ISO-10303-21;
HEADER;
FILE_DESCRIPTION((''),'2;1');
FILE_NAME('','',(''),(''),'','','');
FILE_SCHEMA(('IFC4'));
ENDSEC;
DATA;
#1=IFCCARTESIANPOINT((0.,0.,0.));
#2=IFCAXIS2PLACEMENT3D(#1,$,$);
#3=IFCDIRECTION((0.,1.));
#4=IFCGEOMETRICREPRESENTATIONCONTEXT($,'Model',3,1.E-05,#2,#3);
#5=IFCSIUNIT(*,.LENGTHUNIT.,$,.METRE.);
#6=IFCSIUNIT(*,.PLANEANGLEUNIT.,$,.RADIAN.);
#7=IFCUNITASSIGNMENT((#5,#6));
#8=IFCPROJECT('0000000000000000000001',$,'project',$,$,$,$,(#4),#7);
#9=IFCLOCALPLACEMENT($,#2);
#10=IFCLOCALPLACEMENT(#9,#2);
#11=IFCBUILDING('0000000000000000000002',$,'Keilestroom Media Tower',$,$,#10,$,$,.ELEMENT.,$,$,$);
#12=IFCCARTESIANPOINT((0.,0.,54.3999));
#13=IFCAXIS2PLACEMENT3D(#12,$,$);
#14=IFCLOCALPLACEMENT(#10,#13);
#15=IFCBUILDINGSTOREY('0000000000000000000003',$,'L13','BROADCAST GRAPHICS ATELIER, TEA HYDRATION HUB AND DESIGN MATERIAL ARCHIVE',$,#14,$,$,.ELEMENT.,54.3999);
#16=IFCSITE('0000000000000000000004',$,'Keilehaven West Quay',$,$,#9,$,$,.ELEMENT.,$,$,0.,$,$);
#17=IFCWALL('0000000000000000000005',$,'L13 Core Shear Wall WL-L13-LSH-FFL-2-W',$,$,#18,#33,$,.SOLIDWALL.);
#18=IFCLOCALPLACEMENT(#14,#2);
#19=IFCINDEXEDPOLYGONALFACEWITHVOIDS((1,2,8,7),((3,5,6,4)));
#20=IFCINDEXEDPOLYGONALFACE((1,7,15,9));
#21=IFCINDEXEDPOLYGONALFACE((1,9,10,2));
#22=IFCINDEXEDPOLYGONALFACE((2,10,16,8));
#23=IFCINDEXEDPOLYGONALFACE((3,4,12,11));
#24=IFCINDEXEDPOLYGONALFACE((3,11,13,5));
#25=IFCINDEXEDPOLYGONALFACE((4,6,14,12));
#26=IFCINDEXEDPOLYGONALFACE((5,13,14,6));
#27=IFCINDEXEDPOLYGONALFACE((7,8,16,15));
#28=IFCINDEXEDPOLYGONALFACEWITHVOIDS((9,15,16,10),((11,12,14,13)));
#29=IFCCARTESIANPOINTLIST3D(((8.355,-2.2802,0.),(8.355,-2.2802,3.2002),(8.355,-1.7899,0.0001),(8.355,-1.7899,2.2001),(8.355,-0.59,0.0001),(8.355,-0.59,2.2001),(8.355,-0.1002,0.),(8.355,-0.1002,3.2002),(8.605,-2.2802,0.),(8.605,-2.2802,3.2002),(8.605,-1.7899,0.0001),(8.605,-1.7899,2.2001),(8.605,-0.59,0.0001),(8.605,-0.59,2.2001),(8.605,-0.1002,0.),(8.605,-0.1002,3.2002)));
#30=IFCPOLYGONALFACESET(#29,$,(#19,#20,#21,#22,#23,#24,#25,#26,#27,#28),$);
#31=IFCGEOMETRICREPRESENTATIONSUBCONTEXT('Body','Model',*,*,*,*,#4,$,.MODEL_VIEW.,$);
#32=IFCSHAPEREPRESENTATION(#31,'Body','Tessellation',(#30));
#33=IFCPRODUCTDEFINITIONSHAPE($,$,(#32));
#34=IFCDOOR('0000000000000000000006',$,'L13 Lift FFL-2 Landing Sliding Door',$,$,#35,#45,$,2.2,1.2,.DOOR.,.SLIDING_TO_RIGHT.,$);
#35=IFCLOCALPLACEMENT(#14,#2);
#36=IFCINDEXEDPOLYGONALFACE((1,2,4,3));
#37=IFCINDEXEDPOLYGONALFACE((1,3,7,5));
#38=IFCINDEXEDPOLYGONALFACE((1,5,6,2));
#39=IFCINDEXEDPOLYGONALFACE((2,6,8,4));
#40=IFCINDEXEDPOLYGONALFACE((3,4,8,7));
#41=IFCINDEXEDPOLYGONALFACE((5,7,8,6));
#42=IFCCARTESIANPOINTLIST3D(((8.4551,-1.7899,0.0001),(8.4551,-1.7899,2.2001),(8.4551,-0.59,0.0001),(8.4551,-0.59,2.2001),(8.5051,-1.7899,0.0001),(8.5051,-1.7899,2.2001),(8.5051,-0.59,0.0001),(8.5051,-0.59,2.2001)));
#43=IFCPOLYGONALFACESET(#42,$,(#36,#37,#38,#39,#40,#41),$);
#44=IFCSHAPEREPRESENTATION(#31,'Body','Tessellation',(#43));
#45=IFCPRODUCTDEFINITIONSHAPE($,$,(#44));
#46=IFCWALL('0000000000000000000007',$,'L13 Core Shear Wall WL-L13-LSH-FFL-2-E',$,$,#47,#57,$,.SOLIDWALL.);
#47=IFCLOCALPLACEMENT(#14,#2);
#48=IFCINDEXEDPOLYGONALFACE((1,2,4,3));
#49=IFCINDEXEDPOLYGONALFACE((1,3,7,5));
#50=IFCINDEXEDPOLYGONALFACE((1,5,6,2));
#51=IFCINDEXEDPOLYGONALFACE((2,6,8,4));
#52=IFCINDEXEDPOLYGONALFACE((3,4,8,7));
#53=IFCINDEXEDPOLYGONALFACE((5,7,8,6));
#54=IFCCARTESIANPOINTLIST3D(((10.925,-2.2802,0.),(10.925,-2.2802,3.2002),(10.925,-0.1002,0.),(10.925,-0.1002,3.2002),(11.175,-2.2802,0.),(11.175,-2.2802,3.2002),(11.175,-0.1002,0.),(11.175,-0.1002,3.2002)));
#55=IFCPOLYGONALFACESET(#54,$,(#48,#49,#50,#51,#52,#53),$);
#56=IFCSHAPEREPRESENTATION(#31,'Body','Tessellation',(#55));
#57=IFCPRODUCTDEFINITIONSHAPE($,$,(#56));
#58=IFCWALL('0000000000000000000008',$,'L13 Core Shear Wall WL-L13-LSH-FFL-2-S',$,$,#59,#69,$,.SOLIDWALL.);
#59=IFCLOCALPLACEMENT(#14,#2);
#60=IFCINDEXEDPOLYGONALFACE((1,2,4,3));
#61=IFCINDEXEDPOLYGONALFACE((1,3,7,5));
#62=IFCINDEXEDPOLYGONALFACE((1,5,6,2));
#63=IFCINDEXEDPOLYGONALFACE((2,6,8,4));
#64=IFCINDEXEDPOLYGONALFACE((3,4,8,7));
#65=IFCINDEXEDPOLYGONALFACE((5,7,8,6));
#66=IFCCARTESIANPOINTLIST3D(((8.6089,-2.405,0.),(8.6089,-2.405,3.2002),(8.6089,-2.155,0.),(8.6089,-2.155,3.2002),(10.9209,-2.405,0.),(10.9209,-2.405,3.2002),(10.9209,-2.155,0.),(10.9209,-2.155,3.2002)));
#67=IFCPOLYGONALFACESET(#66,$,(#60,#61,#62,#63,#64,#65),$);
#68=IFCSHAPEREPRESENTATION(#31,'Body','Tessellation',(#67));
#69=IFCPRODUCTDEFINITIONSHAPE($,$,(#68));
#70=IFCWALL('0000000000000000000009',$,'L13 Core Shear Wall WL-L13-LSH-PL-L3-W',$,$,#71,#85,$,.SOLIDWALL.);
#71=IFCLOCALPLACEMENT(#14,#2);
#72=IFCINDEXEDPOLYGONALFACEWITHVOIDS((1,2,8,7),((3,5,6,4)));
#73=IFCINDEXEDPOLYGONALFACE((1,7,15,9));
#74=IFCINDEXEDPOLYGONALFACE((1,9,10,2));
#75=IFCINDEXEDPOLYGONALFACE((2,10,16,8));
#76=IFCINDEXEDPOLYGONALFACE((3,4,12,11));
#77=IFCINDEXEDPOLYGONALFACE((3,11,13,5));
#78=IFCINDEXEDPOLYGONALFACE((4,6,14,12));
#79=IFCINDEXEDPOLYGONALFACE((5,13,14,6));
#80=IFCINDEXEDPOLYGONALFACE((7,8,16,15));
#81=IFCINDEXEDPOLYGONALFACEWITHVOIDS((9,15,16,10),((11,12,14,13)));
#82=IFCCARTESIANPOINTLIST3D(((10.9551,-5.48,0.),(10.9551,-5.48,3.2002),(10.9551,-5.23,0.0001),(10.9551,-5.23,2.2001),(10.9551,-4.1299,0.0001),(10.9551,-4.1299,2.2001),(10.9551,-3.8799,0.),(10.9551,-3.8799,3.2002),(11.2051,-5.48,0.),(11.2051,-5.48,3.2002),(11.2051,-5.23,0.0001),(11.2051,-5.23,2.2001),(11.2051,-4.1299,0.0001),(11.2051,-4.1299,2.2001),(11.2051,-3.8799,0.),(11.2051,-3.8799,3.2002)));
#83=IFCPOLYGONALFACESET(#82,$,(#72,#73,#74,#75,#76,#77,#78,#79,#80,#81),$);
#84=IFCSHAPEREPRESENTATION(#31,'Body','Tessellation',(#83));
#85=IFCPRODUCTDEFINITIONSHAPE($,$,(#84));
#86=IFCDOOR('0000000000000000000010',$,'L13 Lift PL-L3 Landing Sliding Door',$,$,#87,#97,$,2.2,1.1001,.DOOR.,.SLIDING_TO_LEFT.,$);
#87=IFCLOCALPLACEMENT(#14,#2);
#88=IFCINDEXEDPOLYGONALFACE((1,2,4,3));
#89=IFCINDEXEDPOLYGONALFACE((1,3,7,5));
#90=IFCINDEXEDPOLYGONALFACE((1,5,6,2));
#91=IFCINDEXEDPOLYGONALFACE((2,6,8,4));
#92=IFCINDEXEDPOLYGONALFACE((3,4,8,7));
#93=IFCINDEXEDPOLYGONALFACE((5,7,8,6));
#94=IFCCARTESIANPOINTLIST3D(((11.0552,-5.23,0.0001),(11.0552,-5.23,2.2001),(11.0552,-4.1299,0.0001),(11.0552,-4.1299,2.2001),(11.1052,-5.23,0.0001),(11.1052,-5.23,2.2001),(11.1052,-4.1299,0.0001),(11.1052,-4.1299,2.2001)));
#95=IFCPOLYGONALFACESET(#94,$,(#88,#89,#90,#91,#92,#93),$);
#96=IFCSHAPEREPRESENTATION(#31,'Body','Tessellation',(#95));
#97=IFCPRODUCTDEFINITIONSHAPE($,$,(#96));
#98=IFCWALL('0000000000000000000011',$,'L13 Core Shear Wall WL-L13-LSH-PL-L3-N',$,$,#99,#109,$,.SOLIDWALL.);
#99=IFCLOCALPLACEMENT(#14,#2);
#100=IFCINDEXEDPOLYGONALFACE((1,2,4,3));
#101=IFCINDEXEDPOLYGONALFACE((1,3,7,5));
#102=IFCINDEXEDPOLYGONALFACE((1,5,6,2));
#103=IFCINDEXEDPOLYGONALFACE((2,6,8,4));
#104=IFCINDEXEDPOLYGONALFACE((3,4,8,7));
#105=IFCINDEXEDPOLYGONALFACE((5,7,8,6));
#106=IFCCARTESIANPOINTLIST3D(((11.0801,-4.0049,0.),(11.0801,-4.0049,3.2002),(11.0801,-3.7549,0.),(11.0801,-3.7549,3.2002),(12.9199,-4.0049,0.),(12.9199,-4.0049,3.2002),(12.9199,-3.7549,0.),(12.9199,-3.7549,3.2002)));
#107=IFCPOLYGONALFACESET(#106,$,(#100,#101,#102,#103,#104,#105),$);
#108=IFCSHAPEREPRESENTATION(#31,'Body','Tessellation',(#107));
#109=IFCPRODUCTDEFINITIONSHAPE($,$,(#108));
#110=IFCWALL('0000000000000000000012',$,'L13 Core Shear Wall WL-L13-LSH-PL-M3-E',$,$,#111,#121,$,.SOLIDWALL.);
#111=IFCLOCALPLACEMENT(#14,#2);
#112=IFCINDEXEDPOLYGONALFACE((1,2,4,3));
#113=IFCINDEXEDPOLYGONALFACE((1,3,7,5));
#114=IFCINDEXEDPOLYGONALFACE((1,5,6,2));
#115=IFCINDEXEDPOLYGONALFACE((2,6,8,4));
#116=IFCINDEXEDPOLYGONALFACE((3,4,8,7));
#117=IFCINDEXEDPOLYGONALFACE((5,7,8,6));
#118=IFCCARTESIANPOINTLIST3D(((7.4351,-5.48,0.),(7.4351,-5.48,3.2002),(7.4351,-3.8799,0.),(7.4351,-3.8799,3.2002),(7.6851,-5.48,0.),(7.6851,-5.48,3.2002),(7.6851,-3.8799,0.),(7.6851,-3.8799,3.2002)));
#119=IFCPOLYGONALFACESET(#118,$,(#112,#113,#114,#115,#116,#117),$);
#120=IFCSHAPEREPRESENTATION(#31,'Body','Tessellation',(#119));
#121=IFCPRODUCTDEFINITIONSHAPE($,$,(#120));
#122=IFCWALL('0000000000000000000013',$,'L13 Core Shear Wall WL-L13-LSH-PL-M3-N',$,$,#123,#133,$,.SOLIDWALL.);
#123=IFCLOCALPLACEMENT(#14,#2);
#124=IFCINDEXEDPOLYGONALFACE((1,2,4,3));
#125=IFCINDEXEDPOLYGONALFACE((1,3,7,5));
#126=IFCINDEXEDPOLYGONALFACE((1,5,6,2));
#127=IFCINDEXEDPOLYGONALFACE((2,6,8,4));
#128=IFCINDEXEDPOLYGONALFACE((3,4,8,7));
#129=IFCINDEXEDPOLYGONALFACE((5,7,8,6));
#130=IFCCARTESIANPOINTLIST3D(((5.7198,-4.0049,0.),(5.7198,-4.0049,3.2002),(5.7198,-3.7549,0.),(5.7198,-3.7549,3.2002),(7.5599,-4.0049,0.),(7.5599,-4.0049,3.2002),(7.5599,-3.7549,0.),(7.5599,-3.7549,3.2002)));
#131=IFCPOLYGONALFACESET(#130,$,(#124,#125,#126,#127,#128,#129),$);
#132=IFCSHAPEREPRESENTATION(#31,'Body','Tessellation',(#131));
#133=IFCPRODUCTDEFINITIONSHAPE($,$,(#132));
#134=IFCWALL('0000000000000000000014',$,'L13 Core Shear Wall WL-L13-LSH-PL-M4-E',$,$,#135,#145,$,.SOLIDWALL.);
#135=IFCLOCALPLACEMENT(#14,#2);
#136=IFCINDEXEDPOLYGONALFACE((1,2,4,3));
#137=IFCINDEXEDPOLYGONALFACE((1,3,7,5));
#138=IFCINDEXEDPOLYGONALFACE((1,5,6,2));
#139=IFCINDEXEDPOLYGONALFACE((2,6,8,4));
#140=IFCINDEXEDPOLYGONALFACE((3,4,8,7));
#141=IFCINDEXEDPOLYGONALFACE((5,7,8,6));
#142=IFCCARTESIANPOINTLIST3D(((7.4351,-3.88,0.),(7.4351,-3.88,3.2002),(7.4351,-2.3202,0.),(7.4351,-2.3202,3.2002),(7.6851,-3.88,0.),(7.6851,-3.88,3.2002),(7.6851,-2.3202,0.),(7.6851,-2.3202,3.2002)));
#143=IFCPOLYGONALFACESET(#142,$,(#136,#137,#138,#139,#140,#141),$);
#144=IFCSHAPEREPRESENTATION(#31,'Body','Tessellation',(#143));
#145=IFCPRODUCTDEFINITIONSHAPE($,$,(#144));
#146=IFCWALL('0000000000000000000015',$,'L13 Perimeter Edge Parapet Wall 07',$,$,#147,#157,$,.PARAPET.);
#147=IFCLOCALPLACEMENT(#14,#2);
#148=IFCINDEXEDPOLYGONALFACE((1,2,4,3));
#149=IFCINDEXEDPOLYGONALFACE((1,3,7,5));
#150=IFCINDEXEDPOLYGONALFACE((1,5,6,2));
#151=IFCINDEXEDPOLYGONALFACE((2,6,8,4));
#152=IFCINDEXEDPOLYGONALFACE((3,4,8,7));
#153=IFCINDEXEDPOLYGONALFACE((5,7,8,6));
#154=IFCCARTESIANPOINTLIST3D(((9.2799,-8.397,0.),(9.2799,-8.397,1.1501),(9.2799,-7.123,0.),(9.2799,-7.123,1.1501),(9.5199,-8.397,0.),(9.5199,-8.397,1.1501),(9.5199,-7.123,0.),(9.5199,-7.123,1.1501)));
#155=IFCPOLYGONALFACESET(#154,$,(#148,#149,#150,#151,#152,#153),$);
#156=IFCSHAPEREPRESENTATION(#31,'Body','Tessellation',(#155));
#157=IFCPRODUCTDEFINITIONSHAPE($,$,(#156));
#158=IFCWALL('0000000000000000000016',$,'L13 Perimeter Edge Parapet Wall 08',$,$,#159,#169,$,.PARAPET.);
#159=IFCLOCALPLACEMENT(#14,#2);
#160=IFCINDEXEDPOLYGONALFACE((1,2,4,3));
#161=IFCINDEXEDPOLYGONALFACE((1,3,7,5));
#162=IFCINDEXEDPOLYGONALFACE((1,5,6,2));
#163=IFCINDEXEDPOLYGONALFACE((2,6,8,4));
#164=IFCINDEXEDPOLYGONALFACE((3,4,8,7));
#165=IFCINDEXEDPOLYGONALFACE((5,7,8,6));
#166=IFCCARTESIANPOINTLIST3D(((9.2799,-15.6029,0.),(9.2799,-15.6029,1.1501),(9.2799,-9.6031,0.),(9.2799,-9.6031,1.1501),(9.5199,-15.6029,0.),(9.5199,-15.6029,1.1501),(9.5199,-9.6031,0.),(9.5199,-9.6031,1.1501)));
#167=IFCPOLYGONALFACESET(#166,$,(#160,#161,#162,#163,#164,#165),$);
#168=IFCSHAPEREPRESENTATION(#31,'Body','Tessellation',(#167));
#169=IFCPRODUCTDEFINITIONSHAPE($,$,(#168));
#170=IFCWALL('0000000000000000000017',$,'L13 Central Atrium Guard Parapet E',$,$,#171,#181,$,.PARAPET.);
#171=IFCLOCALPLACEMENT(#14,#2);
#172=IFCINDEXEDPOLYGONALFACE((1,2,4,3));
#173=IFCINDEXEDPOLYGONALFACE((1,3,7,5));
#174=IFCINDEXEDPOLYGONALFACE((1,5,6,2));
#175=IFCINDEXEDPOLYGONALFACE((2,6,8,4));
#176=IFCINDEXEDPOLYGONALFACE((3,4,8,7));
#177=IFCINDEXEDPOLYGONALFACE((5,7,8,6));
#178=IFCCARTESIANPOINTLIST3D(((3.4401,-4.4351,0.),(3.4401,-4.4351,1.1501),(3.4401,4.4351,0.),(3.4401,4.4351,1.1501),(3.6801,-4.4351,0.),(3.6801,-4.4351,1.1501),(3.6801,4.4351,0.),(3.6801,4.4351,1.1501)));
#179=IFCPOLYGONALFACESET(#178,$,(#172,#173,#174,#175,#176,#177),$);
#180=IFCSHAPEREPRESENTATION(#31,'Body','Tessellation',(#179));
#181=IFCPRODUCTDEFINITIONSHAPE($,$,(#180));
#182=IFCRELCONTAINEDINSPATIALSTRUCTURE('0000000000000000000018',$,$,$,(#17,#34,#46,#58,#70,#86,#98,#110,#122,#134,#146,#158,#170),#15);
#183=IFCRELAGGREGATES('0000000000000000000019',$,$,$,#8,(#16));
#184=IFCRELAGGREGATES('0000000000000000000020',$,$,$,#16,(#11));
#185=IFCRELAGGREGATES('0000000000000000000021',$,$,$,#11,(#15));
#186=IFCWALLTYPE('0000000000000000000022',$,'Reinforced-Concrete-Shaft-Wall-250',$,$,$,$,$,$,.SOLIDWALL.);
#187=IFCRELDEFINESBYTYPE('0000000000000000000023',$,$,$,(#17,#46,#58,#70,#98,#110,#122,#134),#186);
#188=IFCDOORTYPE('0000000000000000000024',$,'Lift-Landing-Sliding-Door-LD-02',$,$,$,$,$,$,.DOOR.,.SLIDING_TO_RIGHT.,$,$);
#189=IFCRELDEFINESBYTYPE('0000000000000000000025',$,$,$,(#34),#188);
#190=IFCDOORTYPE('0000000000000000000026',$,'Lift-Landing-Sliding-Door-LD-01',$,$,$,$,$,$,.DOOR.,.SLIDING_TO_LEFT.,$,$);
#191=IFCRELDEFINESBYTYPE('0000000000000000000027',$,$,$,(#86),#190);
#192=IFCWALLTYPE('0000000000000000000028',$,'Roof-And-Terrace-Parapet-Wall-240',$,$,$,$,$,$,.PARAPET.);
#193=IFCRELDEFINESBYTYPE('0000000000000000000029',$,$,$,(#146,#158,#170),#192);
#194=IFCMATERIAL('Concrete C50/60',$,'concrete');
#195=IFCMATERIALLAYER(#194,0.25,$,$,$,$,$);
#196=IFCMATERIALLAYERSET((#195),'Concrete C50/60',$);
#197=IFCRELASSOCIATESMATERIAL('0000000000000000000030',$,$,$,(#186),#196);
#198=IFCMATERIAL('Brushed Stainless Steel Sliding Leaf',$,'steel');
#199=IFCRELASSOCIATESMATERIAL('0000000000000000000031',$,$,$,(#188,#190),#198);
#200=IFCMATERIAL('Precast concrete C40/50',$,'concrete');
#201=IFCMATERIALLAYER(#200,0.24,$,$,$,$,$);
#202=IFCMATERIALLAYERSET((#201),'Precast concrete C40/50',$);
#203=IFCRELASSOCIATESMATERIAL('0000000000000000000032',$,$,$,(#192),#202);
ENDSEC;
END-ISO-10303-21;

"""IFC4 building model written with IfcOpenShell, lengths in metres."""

from ifc_helpers import new_model, si_unit, direction, frame, frame_2d, origin, place, context, subcontext, project, spatial, rectangle, extrude, source, transform, mapped, material, layer, layer_set, type_object, element, fill, save


model = new_model("IFC4")

# Units and contexts
model_context = context("Model", 3, precision=1e-05, world=origin(), true_north=direction((0.0, 1.0)))
body_context = subcontext(model_context, "Body", "Model", "MODEL_VIEW")
ifc_project = project(units=[si_unit("LENGTHUNIT", "METRE"), si_unit("PLANEANGLEUNIT", "RADIAN")], contexts=[model_context])

# Site, building, storey
site_placement = place(None, origin())
site = spatial("IfcSite", under=ifc_project, at=site_placement, Name="Keilehaven West Quay", CompositionType="ELEMENT", RefElevation=0.0)
building_placement = place(site_placement, origin())
building = spatial("IfcBuilding", under=site, at=building_placement, Name="Keilestroom Media Tower", CompositionType="ELEMENT")
storey_placement = place(building_placement, frame((0.0, 0.0, 54.3999)))
storey = spatial("IfcBuildingStorey", under=building, at=storey_placement, Name="L13", Description="BROADCAST GRAPHICS ATELIER, TEA HYDRATION HUB AND DESIGN MATERIAL ARCHIVE", CompositionType="ELEMENT", Elevation=54.3999)

# Shared definitions
shared_shape_1 = source(origin(), body_context, "Body", "SweptSolid", [
    extrude(rectangle(XDim=1.2, YDim=2.2, at=frame_2d((0.6001, 1.1001))), frame((0.0, 0.0249, 0.0), z_axis=(0.0, -1.0, 0.0), x_axis=(1.0, 0.0, 0.0)), (0.0, 0.0, 1.0), 0.05),
])

# Shared definitions
ifc_material_1 = material(Name="Concrete C50/60", Category="concrete")
ifc_layer_1 = layer(ifc_material_1, 0.25)
ifc_layer_set_1 = layer_set([ifc_layer_1], Name="Concrete C50/60")
wall_type_1 = type_object("IfcWallType", Name="Reinforced-Concrete-Shaft-Wall-250", PredefinedType="SOLIDWALL", material=ifc_layer_set_1)

# Wall, opening, door
wall_1_placement = place(storey_placement, frame((8.48, -2.28, 0.0), z_axis=(0.0, 0.0, 1.0), x_axis=(0.0, 1.0, 0.0)))
wall_1 = element("IfcWall", 1, at=wall_1_placement, inside=storey, type_object=wall_type_1, Name="L13 Core Shear Wall WL-L13-LSH-FFL-2-W", PredefinedType="SOLIDWALL", context=body_context, shape_type="SweptSolid", body=[
    extrude(rectangle(XDim=2.1799, YDim=0.25, at=frame_2d((1.0898, 0.0))), origin(), (0.0, 0.0, 1.0), 3.2002),
])
opening_1_placement = place(wall_1_placement, frame((0.49, 0.0, 0.0)))
opening_1 = element("IfcOpeningElement", 2, at=opening_1_placement, cuts=wall_1, PredefinedType="OPENING", context=body_context, shape_type="SweptSolid", body=[
    extrude(rectangle(XDim=1.2, YDim=2.2, at=frame_2d((0.6001, 1.1001))), frame((0.0, 0.135, 0.0), z_axis=(0.0, -1.0, 0.0), x_axis=(1.0, 0.0, 0.0)), (0.0, 0.0, 1.0), 0.27),
])
ifc_material_2 = material(Name="Brushed Stainless Steel Sliding Leaf", Category="steel")
door_type_1 = type_object("IfcDoorType", Name="Lift-Landing-Sliding-Door-LD-02", OperationType="SLIDING_TO_RIGHT", PredefinedType="DOOR", material=ifc_material_2)
door_1_placement = place(opening_1_placement, origin())
door_1 = element("IfcDoor", 3, at=door_1_placement, inside=storey, type_object=door_type_1, Name="L13 Lift FFL-2 Landing Sliding Door", OperationType="SLIDING_TO_RIGHT", OverallHeight=2.2, OverallWidth=1.2, PredefinedType="DOOR", context=body_context, shape_type="MappedRepresentation", body=[
    mapped(shared_shape_1, transform((0.0, 0.0, 0.0), x_axis=(1.0, 0.0, 0.0), y_axis=(0.0, 1.0, 0.0), z_axis=(0.0, 0.0, 1.0), scale=1.0)),
])
fill(opening_1, door_1)

# Walls
wall_2_placement = place(storey_placement, frame((11.05, -2.28, 0.0), z_axis=(0.0, 0.0, 1.0), x_axis=(0.0, 1.0, 0.0)))
element("IfcWall", 4, at=wall_2_placement, inside=storey, type_object=wall_type_1, Name="L13 Core Shear Wall WL-L13-LSH-FFL-2-E", PredefinedType="SOLIDWALL", context=body_context, shape_type="SweptSolid", body=[
    extrude(rectangle(XDim=2.1799, YDim=0.25, at=frame_2d((1.0898, 0.0))), origin(), (0.0, 0.0, 1.0), 3.2002),
])
wall_3_placement = place(storey_placement, frame((8.6089, -2.28, 0.0), z_axis=(0.0, 0.0, 1.0), x_axis=(1.0, 0.0, 0.0)))
element("IfcWall", 5, at=wall_3_placement, inside=storey, type_object=wall_type_1, Name="L13 Core Shear Wall WL-L13-LSH-FFL-2-S", PredefinedType="SOLIDWALL", context=body_context, shape_type="SweptSolid", body=[
    extrude(rectangle(XDim=2.312, YDim=0.25, at=frame_2d((1.156, 0.0))), origin(), (0.0, 0.0, 1.0), 3.2002),
])

# Wall, opening, door
wall_4_placement = place(storey_placement, frame((11.0801, -5.48, 0.0), z_axis=(0.0, 0.0, 1.0), x_axis=(0.0, 1.0, 0.0)))
wall_4 = element("IfcWall", 6, at=wall_4_placement, inside=storey, type_object=wall_type_1, Name="L13 Core Shear Wall WL-L13-LSH-PL-L3-W", PredefinedType="SOLIDWALL", context=body_context, shape_type="SweptSolid", body=[
    extrude(rectangle(XDim=1.6001, YDim=0.25, at=frame_2d((0.8, 0.0))), origin(), (0.0, 0.0, 1.0), 3.2002),
])
opening_2_placement = place(wall_4_placement, frame((0.25, 0.0, 0.0)))
opening_2 = element("IfcOpeningElement", 7, at=opening_2_placement, cuts=wall_4, PredefinedType="OPENING", context=body_context, shape_type="SweptSolid", body=[
    extrude(rectangle(XDim=1.1001, YDim=2.2, at=frame_2d((0.55, 1.1001))), frame((0.0, 0.135, 0.0), z_axis=(0.0, -1.0, 0.0), x_axis=(1.0, 0.0, 0.0)), (0.0, 0.0, 1.0), 0.27),
])
door_type_2 = type_object("IfcDoorType", Name="Lift-Landing-Sliding-Door-LD-01", OperationType="SLIDING_TO_LEFT", PredefinedType="DOOR", material=ifc_material_2)
shared_shape_2 = source(origin(), body_context, "Body", "SweptSolid", [
    extrude(rectangle(XDim=1.1001, YDim=2.2, at=frame_2d((0.55, 1.1001))), frame((0.0, 0.0249, 0.0), z_axis=(0.0, -1.0, 0.0), x_axis=(1.0, 0.0, 0.0)), (0.0, 0.0, 1.0), 0.05),
])
door_2_placement = place(opening_2_placement, origin())
door_2 = element("IfcDoor", 8, at=door_2_placement, inside=storey, type_object=door_type_2, Name="L13 Lift PL-L3 Landing Sliding Door", OperationType="SLIDING_TO_LEFT", OverallHeight=2.2, OverallWidth=1.1001, PredefinedType="DOOR", context=body_context, shape_type="MappedRepresentation", body=[
    mapped(shared_shape_2, transform((0.0, 0.0, 0.0), x_axis=(1.0, 0.0, 0.0), y_axis=(0.0, 1.0, 0.0), z_axis=(0.0, 0.0, 1.0), scale=1.0)),
])
fill(opening_2, door_2)

# Walls
wall_5_placement = place(storey_placement, frame((11.0801, -3.8799, 0.0), z_axis=(0.0, 0.0, 1.0), x_axis=(1.0, 0.0, 0.0)))
element("IfcWall", 9, at=wall_5_placement, inside=storey, type_object=wall_type_1, Name="L13 Core Shear Wall WL-L13-LSH-PL-L3-N", PredefinedType="SOLIDWALL", context=body_context, shape_type="SweptSolid", body=[
    extrude(rectangle(XDim=1.8398, YDim=0.25, at=frame_2d((0.9199, 0.0))), origin(), (0.0, 0.0, 1.0), 3.2002),
])
wall_6_placement = place(storey_placement, frame((7.5601, -5.48, 0.0), z_axis=(0.0, 0.0, 1.0), x_axis=(0.0, 1.0, 0.0)))
element("IfcWall", 10, at=wall_6_placement, inside=storey, type_object=wall_type_1, Name="L13 Core Shear Wall WL-L13-LSH-PL-M3-E", PredefinedType="SOLIDWALL", context=body_context, shape_type="SweptSolid", body=[
    extrude(rectangle(XDim=1.6001, YDim=0.25, at=frame_2d((0.8, 0.0))), origin(), (0.0, 0.0, 1.0), 3.2002),
])
wall_7_placement = place(storey_placement, frame((5.72, -3.8799, 0.0), z_axis=(0.0, 0.0, 1.0), x_axis=(1.0, 0.0, 0.0)))
element("IfcWall", 11, at=wall_7_placement, inside=storey, type_object=wall_type_1, Name="L13 Core Shear Wall WL-L13-LSH-PL-M3-N", PredefinedType="SOLIDWALL", context=body_context, shape_type="SweptSolid", body=[
    extrude(rectangle(XDim=1.8401, YDim=0.25, at=frame_2d((0.9199, 0.0))), origin(), (0.0, 0.0, 1.0), 3.2002),
])
wall_8_placement = place(storey_placement, frame((7.5601, -3.8799, 0.0), z_axis=(0.0, 0.0, 1.0), x_axis=(0.0, 1.0, 0.0)))
element("IfcWall", 12, at=wall_8_placement, inside=storey, type_object=wall_type_1, Name="L13 Core Shear Wall WL-L13-LSH-PL-M4-E", PredefinedType="SOLIDWALL", context=body_context, shape_type="SweptSolid", body=[
    extrude(rectangle(XDim=1.5598, YDim=0.25, at=frame_2d((0.7798, 0.0))), origin(), (0.0, 0.0, 1.0), 3.2002),
])
ifc_material_3 = material(Name="Precast concrete C40/50", Category="concrete")
ifc_layer_2 = layer(ifc_material_3, 0.24)
ifc_layer_set_2 = layer_set([ifc_layer_2], Name="Precast concrete C40/50")
wall_type_2 = type_object("IfcWallType", Name="Roof-And-Terrace-Parapet-Wall-240", PredefinedType="PARAPET", material=ifc_layer_set_2)
wall_9_placement = place(storey_placement, frame((9.3999, -7.123, 0.0), z_axis=(0.0, 0.0, 1.0), x_axis=(0.0, -1.0, 0.0)))
element("IfcWall", 13, at=wall_9_placement, inside=storey, type_object=wall_type_2, Name="L13 Perimeter Edge Parapet Wall 07", PredefinedType="PARAPET", context=body_context, shape_type="SweptSolid", body=[
    extrude(rectangle(XDim=1.2739, YDim=0.24, at=frame_2d((0.637, 0.0))), origin(), (0.0, 0.0, 1.0), 1.1501),
])
wall_10_placement = place(storey_placement, frame((9.3999, -9.603, 0.0), z_axis=(0.0, 0.0, 1.0), x_axis=(0.0, -1.0, 0.0)))
element("IfcWall", 14, at=wall_10_placement, inside=storey, type_object=wall_type_2, Name="L13 Perimeter Edge Parapet Wall 08", PredefinedType="PARAPET", context=body_context, shape_type="SweptSolid", body=[
    extrude(rectangle(XDim=5.9998, YDim=0.24, at=frame_2d((3.0, 0.0))), origin(), (0.0, 0.0, 1.0), 1.1501),
])
wall_11_placement = place(storey_placement, frame((3.5601, -4.4351, 0.0), z_axis=(0.0, 0.0, 1.0), x_axis=(0.0, 1.0, 0.0)))
element("IfcWall", 15, at=wall_11_placement, inside=storey, type_object=wall_type_2, Name="L13 Central Atrium Guard Parapet E", PredefinedType="PARAPET", context=body_context, shape_type="SweptSolid", body=[
    extrude(rectangle(XDim=8.8701, YDim=0.24, at=frame_2d((4.4351, 0.0))), origin(), (0.0, 0.0, 1.0), 1.1501),
])

save(model, "model.ifc")
